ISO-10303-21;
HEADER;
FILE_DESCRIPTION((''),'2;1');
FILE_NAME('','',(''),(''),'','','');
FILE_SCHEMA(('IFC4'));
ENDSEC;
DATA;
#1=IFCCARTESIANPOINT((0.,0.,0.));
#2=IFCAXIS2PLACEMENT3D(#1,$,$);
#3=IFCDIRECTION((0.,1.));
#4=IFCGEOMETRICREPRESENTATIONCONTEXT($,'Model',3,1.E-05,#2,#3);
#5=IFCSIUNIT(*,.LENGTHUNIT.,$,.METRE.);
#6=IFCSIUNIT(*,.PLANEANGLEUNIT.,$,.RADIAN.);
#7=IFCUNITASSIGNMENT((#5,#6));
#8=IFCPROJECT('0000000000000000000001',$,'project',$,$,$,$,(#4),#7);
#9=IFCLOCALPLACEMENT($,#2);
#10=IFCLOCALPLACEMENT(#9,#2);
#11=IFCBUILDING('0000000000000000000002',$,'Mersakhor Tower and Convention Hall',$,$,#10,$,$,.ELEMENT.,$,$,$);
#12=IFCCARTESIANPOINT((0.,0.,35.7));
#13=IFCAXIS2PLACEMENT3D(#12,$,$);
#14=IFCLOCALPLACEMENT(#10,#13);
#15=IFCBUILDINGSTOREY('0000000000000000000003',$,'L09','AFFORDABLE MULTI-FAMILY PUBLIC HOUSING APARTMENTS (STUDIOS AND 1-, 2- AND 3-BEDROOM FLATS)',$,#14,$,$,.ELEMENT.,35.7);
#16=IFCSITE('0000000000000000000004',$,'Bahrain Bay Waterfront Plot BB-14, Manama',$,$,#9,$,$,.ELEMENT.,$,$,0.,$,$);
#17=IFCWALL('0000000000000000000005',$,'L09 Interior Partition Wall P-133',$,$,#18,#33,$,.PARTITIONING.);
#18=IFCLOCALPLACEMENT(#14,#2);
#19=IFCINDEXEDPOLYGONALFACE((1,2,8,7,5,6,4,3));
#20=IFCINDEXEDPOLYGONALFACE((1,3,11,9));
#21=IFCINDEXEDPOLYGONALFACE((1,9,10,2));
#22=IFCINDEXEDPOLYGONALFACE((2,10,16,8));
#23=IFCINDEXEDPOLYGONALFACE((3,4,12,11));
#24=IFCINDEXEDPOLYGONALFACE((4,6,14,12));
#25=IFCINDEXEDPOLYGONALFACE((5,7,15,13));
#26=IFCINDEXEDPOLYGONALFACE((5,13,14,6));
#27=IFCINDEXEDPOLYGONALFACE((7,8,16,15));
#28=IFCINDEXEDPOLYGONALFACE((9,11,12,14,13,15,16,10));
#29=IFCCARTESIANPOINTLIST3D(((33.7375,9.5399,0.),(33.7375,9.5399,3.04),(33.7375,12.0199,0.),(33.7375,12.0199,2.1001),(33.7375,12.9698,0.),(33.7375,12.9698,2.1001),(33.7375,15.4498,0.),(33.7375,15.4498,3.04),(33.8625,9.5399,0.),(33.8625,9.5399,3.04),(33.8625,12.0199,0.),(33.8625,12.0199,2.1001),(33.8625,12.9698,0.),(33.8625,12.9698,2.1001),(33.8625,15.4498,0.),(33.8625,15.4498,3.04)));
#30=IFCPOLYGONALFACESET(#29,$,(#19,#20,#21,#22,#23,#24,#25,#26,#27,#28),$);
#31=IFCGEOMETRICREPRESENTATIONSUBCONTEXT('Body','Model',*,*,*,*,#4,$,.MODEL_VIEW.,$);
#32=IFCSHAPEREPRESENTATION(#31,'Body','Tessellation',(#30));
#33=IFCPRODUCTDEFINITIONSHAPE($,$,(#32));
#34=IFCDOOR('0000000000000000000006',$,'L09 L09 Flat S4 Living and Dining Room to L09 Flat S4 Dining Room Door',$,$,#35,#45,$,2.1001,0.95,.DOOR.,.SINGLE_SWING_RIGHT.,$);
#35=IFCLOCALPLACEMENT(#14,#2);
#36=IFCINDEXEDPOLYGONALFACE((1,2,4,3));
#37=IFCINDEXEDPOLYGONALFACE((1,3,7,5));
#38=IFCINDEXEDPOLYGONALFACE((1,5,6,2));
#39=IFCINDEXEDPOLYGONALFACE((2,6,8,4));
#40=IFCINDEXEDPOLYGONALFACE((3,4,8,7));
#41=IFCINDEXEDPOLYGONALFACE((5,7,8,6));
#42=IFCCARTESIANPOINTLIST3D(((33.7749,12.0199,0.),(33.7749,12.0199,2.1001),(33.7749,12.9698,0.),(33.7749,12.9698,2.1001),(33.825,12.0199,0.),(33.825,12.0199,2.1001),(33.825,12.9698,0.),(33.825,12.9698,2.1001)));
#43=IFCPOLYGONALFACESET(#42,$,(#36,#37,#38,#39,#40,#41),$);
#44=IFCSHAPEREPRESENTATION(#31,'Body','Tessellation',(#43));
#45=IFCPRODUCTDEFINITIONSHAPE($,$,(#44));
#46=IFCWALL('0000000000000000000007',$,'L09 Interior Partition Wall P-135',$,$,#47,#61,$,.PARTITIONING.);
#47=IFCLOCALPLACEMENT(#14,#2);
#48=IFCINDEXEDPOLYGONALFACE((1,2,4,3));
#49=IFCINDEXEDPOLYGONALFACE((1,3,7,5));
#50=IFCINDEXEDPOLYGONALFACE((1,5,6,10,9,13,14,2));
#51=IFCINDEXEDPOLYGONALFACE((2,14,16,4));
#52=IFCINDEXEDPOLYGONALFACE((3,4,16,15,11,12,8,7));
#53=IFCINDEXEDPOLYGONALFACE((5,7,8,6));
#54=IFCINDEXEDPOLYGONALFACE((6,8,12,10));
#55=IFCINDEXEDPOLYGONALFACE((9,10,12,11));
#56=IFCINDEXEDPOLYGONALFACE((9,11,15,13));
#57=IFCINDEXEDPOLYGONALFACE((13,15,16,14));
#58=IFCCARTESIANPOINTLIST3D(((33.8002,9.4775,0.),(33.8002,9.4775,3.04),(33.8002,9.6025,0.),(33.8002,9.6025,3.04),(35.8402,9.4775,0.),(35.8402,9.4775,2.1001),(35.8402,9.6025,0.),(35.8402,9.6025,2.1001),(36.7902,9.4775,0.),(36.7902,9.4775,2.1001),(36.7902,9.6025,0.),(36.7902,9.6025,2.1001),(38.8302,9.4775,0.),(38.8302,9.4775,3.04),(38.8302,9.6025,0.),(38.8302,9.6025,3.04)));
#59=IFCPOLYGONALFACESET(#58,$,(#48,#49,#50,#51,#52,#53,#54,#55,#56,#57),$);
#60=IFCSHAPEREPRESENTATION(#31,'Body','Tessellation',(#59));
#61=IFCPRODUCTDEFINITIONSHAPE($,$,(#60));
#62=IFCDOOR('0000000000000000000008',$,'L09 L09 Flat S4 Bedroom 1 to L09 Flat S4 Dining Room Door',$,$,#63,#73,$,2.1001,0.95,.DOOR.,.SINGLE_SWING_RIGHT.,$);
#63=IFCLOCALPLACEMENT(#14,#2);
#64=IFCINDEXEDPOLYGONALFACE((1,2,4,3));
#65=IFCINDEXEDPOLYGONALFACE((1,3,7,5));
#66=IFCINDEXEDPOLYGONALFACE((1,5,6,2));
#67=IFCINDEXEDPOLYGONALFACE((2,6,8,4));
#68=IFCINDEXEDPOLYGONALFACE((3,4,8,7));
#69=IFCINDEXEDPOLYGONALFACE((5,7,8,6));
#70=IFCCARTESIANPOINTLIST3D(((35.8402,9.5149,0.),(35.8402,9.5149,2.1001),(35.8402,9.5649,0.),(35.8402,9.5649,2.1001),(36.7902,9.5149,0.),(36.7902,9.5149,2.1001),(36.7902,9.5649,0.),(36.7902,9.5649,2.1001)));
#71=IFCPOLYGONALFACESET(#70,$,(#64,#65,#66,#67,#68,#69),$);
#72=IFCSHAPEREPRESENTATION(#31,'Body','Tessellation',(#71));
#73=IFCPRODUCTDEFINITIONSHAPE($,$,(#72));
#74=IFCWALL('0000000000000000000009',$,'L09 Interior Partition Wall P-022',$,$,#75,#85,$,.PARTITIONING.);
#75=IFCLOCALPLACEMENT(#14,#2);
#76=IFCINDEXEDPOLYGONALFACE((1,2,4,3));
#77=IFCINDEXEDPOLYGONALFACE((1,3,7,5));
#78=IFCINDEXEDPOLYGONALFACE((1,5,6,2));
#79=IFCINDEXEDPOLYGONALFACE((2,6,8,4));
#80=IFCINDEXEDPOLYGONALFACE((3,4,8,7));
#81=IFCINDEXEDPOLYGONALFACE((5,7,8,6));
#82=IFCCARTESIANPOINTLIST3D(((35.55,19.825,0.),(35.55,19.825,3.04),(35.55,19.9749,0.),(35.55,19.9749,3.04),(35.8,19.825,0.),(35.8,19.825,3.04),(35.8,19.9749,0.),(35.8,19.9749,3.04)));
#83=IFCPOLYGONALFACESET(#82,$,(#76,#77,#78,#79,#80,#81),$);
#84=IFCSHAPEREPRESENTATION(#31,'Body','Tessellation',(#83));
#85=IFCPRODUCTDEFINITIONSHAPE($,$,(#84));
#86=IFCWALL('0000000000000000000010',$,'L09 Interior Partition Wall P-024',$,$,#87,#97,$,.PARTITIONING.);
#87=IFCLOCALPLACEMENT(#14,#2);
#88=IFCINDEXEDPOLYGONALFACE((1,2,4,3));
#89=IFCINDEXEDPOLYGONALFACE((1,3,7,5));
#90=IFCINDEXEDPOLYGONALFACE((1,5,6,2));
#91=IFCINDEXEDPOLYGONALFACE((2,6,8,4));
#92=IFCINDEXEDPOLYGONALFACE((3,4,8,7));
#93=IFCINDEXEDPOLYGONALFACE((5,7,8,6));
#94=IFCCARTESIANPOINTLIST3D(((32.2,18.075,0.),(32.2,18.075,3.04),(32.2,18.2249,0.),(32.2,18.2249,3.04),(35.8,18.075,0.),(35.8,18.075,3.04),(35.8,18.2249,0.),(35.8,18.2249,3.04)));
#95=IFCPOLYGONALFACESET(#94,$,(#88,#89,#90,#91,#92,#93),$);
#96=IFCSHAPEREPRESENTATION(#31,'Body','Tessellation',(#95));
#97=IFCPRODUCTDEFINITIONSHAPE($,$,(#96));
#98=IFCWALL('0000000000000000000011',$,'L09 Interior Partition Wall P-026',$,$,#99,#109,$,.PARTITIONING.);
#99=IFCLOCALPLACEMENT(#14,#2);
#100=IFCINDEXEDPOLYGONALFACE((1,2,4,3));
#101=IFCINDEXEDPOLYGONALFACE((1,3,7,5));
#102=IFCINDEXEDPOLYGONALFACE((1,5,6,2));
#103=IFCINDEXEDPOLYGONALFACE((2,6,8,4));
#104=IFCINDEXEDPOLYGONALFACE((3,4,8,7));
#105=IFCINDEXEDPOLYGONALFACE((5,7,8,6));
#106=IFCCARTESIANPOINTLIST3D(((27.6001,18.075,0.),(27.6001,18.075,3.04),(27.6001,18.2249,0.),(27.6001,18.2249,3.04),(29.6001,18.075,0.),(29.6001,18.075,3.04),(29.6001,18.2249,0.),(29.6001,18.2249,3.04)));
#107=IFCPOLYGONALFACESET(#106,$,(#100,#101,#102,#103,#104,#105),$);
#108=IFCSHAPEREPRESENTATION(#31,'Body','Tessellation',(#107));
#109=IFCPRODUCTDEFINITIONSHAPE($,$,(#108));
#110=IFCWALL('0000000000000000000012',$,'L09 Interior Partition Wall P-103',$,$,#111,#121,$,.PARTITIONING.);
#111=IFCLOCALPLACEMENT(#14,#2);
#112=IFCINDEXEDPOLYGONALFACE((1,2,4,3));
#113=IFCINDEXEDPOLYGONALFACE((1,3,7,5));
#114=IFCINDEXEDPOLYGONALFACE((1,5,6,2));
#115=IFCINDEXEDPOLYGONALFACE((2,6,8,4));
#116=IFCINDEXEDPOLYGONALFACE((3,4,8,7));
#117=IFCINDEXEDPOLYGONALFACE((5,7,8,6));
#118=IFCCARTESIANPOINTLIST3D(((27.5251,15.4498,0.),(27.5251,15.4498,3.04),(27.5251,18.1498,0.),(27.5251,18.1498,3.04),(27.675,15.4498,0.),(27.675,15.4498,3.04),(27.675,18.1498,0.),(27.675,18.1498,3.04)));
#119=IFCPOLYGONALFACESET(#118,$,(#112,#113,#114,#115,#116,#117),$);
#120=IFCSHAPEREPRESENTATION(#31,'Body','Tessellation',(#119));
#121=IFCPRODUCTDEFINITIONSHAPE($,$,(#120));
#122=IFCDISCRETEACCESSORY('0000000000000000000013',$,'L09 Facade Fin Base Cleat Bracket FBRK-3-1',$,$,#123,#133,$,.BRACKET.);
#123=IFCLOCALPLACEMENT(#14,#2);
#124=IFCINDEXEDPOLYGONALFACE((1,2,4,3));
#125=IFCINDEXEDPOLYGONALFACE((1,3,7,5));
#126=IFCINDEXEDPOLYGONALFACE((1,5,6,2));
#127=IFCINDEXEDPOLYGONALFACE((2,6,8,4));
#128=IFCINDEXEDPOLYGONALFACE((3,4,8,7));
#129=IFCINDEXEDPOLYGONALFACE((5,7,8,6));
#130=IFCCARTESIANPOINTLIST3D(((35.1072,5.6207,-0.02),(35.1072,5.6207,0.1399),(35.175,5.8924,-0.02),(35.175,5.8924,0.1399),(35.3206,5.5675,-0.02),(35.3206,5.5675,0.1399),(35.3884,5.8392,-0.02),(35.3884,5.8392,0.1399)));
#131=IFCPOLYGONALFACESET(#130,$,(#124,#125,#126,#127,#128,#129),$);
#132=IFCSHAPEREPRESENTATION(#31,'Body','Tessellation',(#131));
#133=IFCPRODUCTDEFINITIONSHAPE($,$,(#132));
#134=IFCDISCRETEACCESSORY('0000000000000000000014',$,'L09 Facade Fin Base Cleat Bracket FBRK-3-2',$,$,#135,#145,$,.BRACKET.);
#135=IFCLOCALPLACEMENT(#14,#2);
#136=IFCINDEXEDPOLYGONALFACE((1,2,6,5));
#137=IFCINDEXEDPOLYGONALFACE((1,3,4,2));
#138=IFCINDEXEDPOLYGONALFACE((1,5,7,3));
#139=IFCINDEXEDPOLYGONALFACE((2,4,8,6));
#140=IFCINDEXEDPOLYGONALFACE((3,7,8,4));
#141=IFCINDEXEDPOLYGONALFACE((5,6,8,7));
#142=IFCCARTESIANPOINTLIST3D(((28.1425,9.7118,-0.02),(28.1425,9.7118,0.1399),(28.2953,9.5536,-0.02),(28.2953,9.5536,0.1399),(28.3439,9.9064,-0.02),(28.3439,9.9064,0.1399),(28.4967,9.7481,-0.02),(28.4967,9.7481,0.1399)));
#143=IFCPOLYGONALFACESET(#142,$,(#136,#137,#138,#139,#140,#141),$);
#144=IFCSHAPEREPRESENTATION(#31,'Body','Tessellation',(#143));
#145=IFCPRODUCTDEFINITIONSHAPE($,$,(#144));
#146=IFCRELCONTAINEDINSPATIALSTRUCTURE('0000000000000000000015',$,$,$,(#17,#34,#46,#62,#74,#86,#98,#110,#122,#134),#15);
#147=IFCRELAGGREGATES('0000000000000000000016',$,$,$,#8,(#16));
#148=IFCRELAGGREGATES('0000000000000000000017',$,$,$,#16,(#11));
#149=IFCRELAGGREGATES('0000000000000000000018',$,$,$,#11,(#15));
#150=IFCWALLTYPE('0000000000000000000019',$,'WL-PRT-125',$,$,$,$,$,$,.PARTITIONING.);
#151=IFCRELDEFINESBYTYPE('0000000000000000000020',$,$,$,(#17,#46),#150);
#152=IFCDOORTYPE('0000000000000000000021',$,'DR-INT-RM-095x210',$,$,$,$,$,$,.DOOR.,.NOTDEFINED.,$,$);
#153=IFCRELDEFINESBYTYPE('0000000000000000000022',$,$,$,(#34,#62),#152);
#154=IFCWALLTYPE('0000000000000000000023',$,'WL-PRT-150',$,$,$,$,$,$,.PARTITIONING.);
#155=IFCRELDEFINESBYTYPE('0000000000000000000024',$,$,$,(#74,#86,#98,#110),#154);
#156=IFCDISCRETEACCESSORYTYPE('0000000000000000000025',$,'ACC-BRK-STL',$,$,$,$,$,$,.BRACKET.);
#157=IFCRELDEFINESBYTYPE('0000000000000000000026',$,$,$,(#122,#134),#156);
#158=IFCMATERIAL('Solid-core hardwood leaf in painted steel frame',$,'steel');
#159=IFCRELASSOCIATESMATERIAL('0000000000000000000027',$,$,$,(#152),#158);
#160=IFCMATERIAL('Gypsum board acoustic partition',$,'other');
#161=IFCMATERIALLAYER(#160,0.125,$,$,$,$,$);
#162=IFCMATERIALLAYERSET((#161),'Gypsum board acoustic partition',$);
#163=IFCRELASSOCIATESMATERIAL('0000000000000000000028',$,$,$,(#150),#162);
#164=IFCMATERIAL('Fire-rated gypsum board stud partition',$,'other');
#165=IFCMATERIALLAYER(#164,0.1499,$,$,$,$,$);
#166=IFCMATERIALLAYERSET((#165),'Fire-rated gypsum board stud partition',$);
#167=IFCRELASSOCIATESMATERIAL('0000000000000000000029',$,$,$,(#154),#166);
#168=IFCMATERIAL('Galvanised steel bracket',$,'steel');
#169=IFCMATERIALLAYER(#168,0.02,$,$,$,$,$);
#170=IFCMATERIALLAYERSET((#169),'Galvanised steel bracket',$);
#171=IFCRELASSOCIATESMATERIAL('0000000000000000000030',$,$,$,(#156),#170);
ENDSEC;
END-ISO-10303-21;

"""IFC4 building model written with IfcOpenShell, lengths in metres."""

from ifc_helpers import new_model, si_unit, direction, frame, frame_2d, origin, origin_2d, place, context, subcontext, project, spatial, rectangle, extrude, material, layer, layer_set, type_object, element, fill, save


model = new_model("IFC4")

# Units and contexts
model_context = context("Model", 3, precision=1e-05, world=origin(), true_north=direction((0.0, 1.0)))
body_context = subcontext(model_context, "Body", "Model", "MODEL_VIEW")
ifc_project = project(units=[si_unit("LENGTHUNIT", "METRE"), si_unit("PLANEANGLEUNIT", "RADIAN")], contexts=[model_context])

# Site, building, storey
site_placement = place(None, origin())
site = spatial("IfcSite", under=ifc_project, at=site_placement, Name="Bahrain Bay Waterfront Plot BB-14, Manama", CompositionType="ELEMENT", RefElevation=0.0)
building_placement = place(site_placement, origin())
building = spatial("IfcBuilding", under=site, at=building_placement, Name="Mersakhor Tower and Convention Hall", CompositionType="ELEMENT")
storey_placement = place(building_placement, frame((0.0, 0.0, 35.7)))
storey = spatial("IfcBuildingStorey", under=building, at=storey_placement, Name="L09", Description="AFFORDABLE MULTI-FAMILY PUBLIC HOUSING APARTMENTS (STUDIOS AND 1-, 2- AND 3-BEDROOM FLATS)", CompositionType="ELEMENT", Elevation=35.7)

# Walls, openings, doors
ifc_material_1 = material(Name="Solid-core hardwood leaf in painted steel frame", Category="steel")
door_type_1 = type_object("IfcDoorType", Name="DR-INT-RM-095x210", OperationType="NOTDEFINED", PredefinedType="DOOR", material=ifc_material_1)
ifc_material_2 = material(Name="Gypsum board acoustic partition", Category="other")
ifc_layer_1 = layer(ifc_material_2, 0.125)
ifc_layer_set_1 = layer_set([ifc_layer_1], Name="Gypsum board acoustic partition")
wall_type_1 = type_object("IfcWallType", Name="WL-PRT-125", PredefinedType="PARTITIONING", material=ifc_layer_set_1)
wall_1_placement = place(storey_placement, frame((33.8, 15.45, 0.0), z_axis=(0.0, 0.0, 1.0), x_axis=(0.0, -1.0, 0.0)))
wall_1 = element("IfcWall", 1, at=wall_1_placement, inside=storey, type_object=wall_type_1, Name="L09 Interior Partition Wall P-133", PredefinedType="PARTITIONING", context=body_context, shape_type="SweptSolid", body=[
    extrude(rectangle(XDim=5.9099, YDim=0.125, at=frame_2d((2.9551, 0.0))), origin(), (0.0, 0.0, 1.0), 3.04),
])
opening_1_placement = place(wall_1_placement, frame((2.48, 0.0, 0.0)))
opening_1 = element("IfcOpeningElement", 2, at=opening_1_placement, cuts=wall_1, PredefinedType="OPENING", context=body_context, shape_type="SweptSolid", body=[
    extrude(rectangle(XDim=0.95, YDim=2.1001, at=frame_2d((0.4751, 1.05))), frame((0.0, 0.0725, 0.0), z_axis=(0.0, -1.0, 0.0), x_axis=(1.0, 0.0, 0.0)), (0.0, 0.0, 1.0), 0.145),
])
door_1_placement = place(opening_1_placement, origin())
door_1 = element("IfcDoor", 3, at=door_1_placement, inside=storey, type_object=door_type_1, Name="L09 L09 Flat S4 Living and Dining Room to L09 Flat S4 Dining Room Door", OperationType="SINGLE_SWING_RIGHT", OverallHeight=2.1001, OverallWidth=0.95, PredefinedType="DOOR", context=body_context, shape_type="SweptSolid", body=[
    extrude(rectangle(XDim=0.95, YDim=2.1001, at=frame_2d((0.4751, 1.05))), frame((0.0, 0.0249, 0.0), z_axis=(0.0, -1.0, 0.0), x_axis=(1.0, 0.0, 0.0)), (0.0, 0.0, 1.0), 0.05),
])
fill(opening_1, door_1)
wall_2_placement = place(storey_placement, frame((33.8, 9.54, 0.0), z_axis=(0.0, 0.0, 1.0), x_axis=(1.0, 0.0, 0.0)))
wall_2 = element("IfcWall", 4, at=wall_2_placement, inside=storey, type_object=wall_type_1, Name="L09 Interior Partition Wall P-135", PredefinedType="PARTITIONING", context=body_context, shape_type="SweptSolid", body=[
    extrude(rectangle(XDim=5.03, YDim=0.125, at=frame_2d((2.5151, 0.0))), origin(), (0.0, 0.0, 1.0), 3.04),
])
opening_2_placement = place(wall_2_placement, frame((2.04, 0.0, 0.0)))
opening_2 = element("IfcOpeningElement", 5, at=opening_2_placement, cuts=wall_2, PredefinedType="OPENING", context=body_context, shape_type="SweptSolid", body=[
    extrude(rectangle(XDim=0.95, YDim=2.1001, at=frame_2d((0.4751, 1.05))), frame((0.0, 0.0725, 0.0), z_axis=(0.0, -1.0, 0.0), x_axis=(1.0, 0.0, 0.0)), (0.0, 0.0, 1.0), 0.145),
])
door_2_placement = place(opening_2_placement, origin())
door_2 = element("IfcDoor", 6, at=door_2_placement, inside=storey, type_object=door_type_1, Name="L09 L09 Flat S4 Bedroom 1 to L09 Flat S4 Dining Room Door", OperationType="SINGLE_SWING_RIGHT", OverallHeight=2.1001, OverallWidth=0.95, PredefinedType="DOOR", context=body_context, shape_type="SweptSolid", body=[
    extrude(rectangle(XDim=0.95, YDim=2.1001, at=frame_2d((0.4751, 1.05))), frame((0.0, 0.0249, 0.0), z_axis=(0.0, -1.0, 0.0), x_axis=(1.0, 0.0, 0.0)), (0.0, 0.0, 1.0), 0.05),
])
fill(opening_2, door_2)

# Walls
ifc_material_3 = material(Name="Fire-rated gypsum board stud partition", Category="other")
ifc_layer_2 = layer(ifc_material_3, 0.1499)
ifc_layer_set_2 = layer_set([ifc_layer_2], Name="Fire-rated gypsum board stud partition")
wall_type_2 = type_object("IfcWallType", Name="WL-PRT-150", PredefinedType="PARTITIONING", material=ifc_layer_set_2)
wall_3_placement = place(storey_placement, frame((35.55, 19.8999, 0.0), z_axis=(0.0, 0.0, 1.0), x_axis=(1.0, 0.0, 0.0)))
element("IfcWall", 7, at=wall_3_placement, inside=storey, type_object=wall_type_2, Name="L09 Interior Partition Wall P-022", PredefinedType="PARTITIONING", context=body_context, shape_type="SweptSolid", body=[
    extrude(rectangle(XDim=0.25, YDim=0.1499, at=frame_2d((0.125, 0.0))), origin(), (0.0, 0.0, 1.0), 3.04),
])
wall_4_placement = place(storey_placement, frame((35.8, 18.1499, 0.0), z_axis=(0.0, 0.0, 1.0), x_axis=(-1.0, 0.0, 0.0)))
element("IfcWall", 8, at=wall_4_placement, inside=storey, type_object=wall_type_2, Name="L09 Interior Partition Wall P-024", PredefinedType="PARTITIONING", context=body_context, shape_type="SweptSolid", body=[
    extrude(rectangle(XDim=3.6001, YDim=0.1499, at=frame_2d((1.8, 0.0))), origin(), (0.0, 0.0, 1.0), 3.04),
])

# Walls
wall_5_placement = place(storey_placement, frame((29.6001, 18.1499, 0.0), z_axis=(0.0, 0.0, 1.0), x_axis=(-1.0, 0.0, 0.0)))
element("IfcWall", 9, at=wall_5_placement, inside=storey, type_object=wall_type_2, Name="L09 Interior Partition Wall P-026", PredefinedType="PARTITIONING", context=body_context, shape_type="SweptSolid", body=[
    extrude(rectangle(XDim=2.0, YDim=0.1499, at=frame_2d((1.0, 0.0))), origin(), (0.0, 0.0, 1.0), 3.04),
])
wall_6_placement = place(storey_placement, frame((27.6001, 18.1499, 0.0), z_axis=(0.0, 0.0, 1.0), x_axis=(0.0, -1.0, 0.0)))
element("IfcWall", 10, at=wall_6_placement, inside=storey, type_object=wall_type_2, Name="L09 Interior Partition Wall P-103", PredefinedType="PARTITIONING", context=body_context, shape_type="SweptSolid", body=[
    extrude(rectangle(XDim=2.7, YDim=0.1499, at=frame_2d((1.3501, 0.0))), origin(), (0.0, 0.0, 1.0), 3.04),
])

# Discrete accessories
ifc_material_4 = material(Name="Galvanised steel bracket", Category="steel")
ifc_layer_3 = layer(ifc_material_4, 0.02)
ifc_layer_set_3 = layer_set([ifc_layer_3], Name="Galvanised steel bracket")
discrete_accessory_type = type_object("IfcDiscreteAccessoryType", Name="ACC-BRK-STL", PredefinedType="BRACKET", material=ifc_layer_set_3)
for number, where, z_axis, x_axis, name in (
    (11, (35.2478, 5.73, -0.02), (0.0, 0.0, 1.0), (-0.241922, -0.970296, 0.0), "L09 Facade Fin Base Cleat Bracket FBRK-3-1"),
    (12, (28.3196, 9.73, -0.02), (0.0, 0.0, 1.0), (-0.71934, -0.694658, 0.0), "L09 Facade Fin Base Cleat Bracket FBRK-3-2"),
):
    element("IfcDiscreteAccessory", number, at=place(storey_placement, frame(where, z_axis=z_axis, x_axis=x_axis)), inside=storey, type_object=discrete_accessory_type, Name=name, PredefinedType="BRACKET", context=body_context, shape_type="SweptSolid", body=[
        extrude(rectangle(XDim=0.28, YDim=0.22, at=origin_2d()), origin(), (0.0, 0.0, 1.0), 0.1599),
    ])

save(model, "model.ifc")
